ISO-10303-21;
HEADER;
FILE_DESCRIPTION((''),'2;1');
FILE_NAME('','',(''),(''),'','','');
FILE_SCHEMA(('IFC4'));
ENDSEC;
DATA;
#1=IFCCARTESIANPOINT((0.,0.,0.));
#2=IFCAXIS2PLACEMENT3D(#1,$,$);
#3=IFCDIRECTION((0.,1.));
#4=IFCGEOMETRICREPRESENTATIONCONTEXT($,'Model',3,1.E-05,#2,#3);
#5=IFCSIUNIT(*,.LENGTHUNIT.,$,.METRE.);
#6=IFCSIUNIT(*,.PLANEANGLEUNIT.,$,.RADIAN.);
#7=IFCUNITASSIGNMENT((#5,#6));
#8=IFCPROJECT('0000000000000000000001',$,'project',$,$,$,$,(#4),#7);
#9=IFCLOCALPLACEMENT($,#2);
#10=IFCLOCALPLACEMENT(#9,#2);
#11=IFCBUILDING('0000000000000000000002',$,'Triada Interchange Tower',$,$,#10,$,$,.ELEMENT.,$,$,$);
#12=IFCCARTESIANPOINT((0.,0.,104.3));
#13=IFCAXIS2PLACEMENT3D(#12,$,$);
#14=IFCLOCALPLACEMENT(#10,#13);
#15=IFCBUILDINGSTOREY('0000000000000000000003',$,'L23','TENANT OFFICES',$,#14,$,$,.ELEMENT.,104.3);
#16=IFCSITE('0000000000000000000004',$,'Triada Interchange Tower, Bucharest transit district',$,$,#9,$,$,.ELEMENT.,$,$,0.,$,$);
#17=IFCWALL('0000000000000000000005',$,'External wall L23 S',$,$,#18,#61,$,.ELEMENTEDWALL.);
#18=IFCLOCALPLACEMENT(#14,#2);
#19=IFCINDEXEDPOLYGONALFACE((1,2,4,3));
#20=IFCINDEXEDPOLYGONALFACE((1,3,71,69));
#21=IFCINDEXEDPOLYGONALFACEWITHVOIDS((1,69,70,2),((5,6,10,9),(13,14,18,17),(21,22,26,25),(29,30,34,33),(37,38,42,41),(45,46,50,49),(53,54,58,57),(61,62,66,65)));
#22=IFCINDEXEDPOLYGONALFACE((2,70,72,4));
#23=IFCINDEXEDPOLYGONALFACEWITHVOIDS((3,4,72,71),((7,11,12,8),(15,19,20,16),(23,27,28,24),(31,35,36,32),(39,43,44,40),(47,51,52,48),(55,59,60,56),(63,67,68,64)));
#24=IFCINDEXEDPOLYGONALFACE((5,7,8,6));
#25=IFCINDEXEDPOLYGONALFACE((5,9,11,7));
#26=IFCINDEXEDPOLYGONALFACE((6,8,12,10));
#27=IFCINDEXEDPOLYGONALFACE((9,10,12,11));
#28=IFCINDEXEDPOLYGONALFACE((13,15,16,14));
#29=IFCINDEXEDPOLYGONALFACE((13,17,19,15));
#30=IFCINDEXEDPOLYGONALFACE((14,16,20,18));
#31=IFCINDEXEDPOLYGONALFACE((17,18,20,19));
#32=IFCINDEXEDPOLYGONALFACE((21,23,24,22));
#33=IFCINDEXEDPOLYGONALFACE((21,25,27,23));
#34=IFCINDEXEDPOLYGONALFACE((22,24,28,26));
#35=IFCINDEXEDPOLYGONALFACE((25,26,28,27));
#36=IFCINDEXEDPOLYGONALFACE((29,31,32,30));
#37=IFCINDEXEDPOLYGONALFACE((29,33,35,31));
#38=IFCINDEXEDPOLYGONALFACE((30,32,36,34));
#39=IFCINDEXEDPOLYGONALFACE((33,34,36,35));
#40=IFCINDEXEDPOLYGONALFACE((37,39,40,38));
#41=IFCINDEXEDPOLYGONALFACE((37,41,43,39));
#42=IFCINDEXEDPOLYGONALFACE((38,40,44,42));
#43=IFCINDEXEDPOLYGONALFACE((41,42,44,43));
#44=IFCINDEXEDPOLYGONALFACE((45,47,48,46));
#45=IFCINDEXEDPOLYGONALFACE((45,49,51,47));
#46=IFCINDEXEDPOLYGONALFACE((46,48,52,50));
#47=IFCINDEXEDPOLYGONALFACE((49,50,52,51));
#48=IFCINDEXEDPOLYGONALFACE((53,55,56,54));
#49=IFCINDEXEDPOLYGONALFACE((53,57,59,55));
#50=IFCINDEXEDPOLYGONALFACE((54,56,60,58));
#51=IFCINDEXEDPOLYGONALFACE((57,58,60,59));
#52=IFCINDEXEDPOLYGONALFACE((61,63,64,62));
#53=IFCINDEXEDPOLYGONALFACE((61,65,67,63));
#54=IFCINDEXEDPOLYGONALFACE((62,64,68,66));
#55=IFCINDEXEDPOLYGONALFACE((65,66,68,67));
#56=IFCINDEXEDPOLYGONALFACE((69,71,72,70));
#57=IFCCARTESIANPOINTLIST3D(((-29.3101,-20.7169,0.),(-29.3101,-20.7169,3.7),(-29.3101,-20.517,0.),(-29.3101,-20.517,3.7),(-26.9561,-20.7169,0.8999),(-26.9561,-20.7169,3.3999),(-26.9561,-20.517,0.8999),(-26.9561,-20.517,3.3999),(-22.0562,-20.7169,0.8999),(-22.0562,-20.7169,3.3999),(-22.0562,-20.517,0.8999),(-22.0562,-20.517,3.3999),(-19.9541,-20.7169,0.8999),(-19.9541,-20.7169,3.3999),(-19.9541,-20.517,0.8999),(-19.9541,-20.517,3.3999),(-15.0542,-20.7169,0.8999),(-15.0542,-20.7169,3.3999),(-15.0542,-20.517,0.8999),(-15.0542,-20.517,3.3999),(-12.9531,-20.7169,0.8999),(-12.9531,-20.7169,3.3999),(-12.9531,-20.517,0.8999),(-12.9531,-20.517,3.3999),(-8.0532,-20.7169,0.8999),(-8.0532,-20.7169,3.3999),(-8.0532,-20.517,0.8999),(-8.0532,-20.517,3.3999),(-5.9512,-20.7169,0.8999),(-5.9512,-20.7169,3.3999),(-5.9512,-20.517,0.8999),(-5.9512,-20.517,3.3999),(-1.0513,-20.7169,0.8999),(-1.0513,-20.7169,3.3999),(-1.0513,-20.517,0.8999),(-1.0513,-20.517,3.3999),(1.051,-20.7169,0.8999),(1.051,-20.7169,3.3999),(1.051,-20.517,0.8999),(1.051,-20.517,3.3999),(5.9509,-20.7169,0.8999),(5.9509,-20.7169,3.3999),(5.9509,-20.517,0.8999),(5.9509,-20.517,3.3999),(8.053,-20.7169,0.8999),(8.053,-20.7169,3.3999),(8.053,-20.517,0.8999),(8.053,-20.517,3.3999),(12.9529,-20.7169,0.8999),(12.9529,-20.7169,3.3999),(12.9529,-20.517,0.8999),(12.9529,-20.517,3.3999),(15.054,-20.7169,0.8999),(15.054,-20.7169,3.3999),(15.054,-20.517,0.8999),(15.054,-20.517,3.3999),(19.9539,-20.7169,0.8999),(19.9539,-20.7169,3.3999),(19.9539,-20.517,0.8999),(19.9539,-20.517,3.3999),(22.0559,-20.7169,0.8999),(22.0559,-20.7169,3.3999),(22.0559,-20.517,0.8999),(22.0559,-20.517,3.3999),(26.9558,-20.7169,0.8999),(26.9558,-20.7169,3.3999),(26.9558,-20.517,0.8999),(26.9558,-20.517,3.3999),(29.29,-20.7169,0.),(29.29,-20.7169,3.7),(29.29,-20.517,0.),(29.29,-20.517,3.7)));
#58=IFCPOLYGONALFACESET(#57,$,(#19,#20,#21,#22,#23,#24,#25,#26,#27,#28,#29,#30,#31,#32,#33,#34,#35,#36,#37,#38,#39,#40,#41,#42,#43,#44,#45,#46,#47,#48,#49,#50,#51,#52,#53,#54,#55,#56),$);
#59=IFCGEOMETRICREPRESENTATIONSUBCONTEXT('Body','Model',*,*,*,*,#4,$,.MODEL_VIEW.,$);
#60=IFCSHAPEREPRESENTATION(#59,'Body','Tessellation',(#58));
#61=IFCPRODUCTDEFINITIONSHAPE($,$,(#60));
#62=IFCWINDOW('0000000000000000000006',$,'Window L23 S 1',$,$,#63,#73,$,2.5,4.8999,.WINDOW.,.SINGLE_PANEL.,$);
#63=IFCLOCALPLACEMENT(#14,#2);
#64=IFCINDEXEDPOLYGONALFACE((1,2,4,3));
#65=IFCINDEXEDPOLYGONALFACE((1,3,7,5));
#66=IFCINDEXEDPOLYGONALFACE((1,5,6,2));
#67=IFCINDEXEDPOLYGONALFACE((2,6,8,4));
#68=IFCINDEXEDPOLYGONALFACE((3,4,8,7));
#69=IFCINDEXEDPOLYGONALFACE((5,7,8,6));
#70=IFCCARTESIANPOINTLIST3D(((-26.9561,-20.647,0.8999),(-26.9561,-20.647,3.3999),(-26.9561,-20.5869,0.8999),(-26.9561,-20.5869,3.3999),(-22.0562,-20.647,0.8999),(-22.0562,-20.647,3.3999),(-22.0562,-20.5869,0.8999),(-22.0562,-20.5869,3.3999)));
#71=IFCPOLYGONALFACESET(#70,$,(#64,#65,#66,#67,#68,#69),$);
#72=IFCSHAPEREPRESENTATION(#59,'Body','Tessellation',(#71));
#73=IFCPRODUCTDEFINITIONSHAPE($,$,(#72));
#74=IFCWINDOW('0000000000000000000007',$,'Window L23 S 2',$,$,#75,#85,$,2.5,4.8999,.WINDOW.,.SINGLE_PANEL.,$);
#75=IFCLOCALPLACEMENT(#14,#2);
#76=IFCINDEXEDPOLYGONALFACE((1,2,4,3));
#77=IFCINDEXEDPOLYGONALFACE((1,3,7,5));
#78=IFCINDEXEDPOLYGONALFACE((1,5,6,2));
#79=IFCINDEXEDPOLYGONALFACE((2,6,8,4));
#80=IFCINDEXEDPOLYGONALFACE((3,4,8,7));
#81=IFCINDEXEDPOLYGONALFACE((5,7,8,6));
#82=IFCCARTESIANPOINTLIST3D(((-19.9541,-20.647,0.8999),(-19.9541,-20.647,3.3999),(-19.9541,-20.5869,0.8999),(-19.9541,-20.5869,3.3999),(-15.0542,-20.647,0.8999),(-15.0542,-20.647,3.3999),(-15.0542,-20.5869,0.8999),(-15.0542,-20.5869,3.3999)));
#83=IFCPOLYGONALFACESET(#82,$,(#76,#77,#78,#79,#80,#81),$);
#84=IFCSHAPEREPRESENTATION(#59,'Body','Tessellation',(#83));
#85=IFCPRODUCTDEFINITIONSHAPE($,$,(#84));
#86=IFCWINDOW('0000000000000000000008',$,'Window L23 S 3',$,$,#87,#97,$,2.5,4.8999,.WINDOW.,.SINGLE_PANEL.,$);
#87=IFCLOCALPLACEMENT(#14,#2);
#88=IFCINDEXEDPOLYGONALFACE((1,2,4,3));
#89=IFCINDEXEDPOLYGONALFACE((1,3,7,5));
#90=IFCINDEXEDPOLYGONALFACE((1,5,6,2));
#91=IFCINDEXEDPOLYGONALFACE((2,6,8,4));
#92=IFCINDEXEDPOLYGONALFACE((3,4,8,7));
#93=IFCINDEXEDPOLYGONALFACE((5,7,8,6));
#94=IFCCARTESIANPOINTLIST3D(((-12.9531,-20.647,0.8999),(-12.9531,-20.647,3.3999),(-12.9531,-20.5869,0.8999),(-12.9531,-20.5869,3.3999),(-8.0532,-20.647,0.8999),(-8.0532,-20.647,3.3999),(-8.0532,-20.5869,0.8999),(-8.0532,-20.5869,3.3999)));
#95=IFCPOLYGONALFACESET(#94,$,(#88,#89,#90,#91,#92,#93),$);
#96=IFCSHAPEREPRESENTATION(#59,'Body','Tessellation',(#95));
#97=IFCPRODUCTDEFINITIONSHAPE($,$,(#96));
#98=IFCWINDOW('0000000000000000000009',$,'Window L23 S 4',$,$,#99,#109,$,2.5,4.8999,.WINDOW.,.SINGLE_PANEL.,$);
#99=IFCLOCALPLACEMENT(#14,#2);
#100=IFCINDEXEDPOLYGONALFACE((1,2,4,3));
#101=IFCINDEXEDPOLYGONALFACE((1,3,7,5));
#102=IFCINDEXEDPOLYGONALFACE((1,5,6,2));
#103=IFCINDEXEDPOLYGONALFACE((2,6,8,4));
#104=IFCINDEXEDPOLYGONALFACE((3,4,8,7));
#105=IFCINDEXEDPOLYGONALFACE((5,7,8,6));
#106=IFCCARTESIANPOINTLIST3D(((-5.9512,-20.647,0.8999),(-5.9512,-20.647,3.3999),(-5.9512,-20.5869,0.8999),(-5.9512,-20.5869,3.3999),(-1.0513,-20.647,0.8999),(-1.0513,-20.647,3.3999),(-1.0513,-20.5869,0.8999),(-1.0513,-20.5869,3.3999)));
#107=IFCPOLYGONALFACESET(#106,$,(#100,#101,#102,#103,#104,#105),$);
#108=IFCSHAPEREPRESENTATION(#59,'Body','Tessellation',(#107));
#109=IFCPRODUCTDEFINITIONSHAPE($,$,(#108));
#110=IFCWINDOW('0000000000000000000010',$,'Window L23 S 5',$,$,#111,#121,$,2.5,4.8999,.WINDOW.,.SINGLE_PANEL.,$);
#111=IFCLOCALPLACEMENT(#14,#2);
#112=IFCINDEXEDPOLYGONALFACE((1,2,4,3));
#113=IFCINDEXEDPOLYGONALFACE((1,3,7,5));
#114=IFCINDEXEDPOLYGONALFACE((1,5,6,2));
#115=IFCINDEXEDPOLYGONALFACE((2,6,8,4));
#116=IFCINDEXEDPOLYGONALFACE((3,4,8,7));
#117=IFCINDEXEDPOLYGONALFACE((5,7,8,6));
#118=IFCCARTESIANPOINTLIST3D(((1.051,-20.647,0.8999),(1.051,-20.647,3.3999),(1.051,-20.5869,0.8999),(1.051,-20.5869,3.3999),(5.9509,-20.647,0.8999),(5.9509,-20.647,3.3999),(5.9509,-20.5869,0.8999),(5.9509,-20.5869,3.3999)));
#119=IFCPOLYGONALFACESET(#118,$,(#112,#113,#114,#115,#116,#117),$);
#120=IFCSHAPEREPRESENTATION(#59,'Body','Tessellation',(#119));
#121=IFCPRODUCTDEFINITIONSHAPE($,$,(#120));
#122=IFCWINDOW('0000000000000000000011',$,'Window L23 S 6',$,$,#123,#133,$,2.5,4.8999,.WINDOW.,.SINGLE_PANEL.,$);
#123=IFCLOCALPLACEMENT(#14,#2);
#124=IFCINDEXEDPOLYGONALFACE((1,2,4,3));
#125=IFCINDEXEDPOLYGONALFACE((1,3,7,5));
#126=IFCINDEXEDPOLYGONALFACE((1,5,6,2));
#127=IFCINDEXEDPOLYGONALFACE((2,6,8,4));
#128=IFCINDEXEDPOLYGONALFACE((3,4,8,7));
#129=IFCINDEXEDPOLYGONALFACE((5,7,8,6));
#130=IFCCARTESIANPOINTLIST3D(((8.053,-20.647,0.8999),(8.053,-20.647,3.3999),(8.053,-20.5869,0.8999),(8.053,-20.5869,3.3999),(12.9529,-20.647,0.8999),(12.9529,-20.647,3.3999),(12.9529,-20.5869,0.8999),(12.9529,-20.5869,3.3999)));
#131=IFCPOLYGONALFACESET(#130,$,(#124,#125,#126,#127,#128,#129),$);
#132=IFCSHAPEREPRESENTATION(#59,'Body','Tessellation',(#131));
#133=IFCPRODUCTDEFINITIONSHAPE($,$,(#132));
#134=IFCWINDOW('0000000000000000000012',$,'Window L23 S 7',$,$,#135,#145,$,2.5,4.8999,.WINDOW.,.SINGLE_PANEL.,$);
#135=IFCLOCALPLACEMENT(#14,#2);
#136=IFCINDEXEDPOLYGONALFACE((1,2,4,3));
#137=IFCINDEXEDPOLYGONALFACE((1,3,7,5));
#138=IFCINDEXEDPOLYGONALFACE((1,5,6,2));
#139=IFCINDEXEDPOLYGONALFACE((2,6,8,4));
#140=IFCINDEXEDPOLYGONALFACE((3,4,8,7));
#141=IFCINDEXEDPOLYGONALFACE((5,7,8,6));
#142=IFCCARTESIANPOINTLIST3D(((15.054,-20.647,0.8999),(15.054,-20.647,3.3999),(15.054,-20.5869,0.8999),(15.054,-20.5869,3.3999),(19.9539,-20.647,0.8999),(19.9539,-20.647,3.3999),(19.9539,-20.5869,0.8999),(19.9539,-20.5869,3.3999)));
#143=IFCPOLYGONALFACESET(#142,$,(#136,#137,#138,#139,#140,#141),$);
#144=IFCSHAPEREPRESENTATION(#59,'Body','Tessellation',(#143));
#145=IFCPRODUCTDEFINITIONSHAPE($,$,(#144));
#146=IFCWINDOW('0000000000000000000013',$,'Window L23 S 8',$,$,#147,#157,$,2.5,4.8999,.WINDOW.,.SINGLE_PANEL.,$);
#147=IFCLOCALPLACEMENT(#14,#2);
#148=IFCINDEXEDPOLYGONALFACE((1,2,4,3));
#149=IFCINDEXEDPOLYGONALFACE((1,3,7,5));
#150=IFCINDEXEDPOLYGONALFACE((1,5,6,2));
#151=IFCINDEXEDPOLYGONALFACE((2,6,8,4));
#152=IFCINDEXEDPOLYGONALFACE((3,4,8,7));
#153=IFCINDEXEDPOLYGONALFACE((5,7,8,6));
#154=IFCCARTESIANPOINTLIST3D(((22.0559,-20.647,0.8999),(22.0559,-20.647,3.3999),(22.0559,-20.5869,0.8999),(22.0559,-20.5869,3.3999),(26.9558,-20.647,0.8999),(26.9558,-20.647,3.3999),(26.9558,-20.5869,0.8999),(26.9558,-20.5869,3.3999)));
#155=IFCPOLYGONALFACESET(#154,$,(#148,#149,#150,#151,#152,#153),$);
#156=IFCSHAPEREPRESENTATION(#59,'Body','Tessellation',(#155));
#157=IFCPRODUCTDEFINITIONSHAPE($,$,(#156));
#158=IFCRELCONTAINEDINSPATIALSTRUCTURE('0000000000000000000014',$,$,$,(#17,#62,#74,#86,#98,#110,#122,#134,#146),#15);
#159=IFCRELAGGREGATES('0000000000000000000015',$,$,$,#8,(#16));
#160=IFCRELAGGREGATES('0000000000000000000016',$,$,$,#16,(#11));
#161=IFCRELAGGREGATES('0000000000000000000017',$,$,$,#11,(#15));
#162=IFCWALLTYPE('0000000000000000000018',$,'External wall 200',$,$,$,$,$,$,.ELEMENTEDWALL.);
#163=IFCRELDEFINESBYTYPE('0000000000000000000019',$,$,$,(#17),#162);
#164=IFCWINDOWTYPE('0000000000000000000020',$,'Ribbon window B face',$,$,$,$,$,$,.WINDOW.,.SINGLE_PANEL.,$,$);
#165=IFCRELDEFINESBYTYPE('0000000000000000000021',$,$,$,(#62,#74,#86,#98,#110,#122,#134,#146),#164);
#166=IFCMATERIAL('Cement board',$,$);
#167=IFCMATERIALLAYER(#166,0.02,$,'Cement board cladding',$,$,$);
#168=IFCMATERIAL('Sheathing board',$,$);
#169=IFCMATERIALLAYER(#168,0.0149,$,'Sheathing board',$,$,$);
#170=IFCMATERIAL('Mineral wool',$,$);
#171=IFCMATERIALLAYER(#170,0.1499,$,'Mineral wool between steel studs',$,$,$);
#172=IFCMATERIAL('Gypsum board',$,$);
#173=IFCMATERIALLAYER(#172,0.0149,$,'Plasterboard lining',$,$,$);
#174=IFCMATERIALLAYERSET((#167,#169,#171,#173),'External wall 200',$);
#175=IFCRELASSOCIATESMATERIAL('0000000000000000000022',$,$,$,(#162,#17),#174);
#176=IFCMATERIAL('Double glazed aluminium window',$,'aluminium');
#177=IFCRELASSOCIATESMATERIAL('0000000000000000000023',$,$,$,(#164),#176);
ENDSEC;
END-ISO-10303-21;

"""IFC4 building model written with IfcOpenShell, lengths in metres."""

from ifc_helpers import new_model, si_unit, direction, frame, frame_2d, origin, place, context, subcontext, project, spatial, rectangle, extrude, material, layer, layer_set, layer_usage, type_object, element, fill, save


model = new_model("IFC4")

# Units and contexts
model_context = context("Model", 3, precision=1e-05, world=origin(), true_north=direction((0.0, 1.0)))
body_context = subcontext(model_context, "Body", "Model", "MODEL_VIEW")
ifc_project = project(units=[si_unit("LENGTHUNIT", "METRE"), si_unit("PLANEANGLEUNIT", "RADIAN")], contexts=[model_context])

# Site, building, storey
site_placement = place(None, origin())
site = spatial("IfcSite", under=ifc_project, at=site_placement, Name="Triada Interchange Tower, Bucharest transit district", CompositionType="ELEMENT", RefElevation=0.0)
building_placement = place(site_placement, origin())
building = spatial("IfcBuilding", under=site, at=building_placement, Name="Triada Interchange Tower", CompositionType="ELEMENT")
storey_placement = place(building_placement, frame((0.0, 0.0, 104.3)))
storey = spatial("IfcBuildingStorey", under=building, at=storey_placement, Name="L23", Description="TENANT OFFICES", CompositionType="ELEMENT", Elevation=104.3)

# Wall, openings, windows
ifc_material_1 = material(Name="Cement board")
ifc_layer_1 = layer(ifc_material_1, 0.02, Name="Cement board cladding")
ifc_material_2 = material(Name="Sheathing board")
ifc_layer_2 = layer(ifc_material_2, 0.0149, Name="Sheathing board")
ifc_material_3 = material(Name="Mineral wool")
ifc_layer_3 = layer(ifc_material_3, 0.1499, Name="Mineral wool between steel studs")
ifc_material_4 = material(Name="Gypsum board")
ifc_layer_4 = layer(ifc_material_4, 0.0149, Name="Plasterboard lining")
ifc_layer_set_1 = layer_set([ifc_layer_1, ifc_layer_2, ifc_layer_3, ifc_layer_4], Name="External wall 200")
ifc_layer_usage = layer_usage(ifc_layer_set_1, "AXIS2", "POSITIVE", -0.1001)
wall_type_1 = type_object("IfcWallType", Name="External wall 200", PredefinedType="ELEMENTEDWALL", material=ifc_layer_set_1)
wall_1_placement = place(storey_placement, frame((-29.3101, -20.6169, 0.0), z_axis=(0.0, 0.0, 1.0), x_axis=(1.0, 0.0, 0.0)))
wall_1 = element("IfcWall", 1, at=wall_1_placement, inside=storey, type_object=wall_type_1, material=ifc_layer_usage, Name="External wall L23 S", PredefinedType="ELEMENTEDWALL", context=body_context, shape_type="SweptSolid", body=[
    extrude(rectangle(XDim=58.6001, YDim=0.2, at=frame_2d((29.3, 0.0))), origin(), (0.0, 0.0, 1.0), 3.7),
])
opening_1_placement = place(wall_1_placement, frame((2.354, 0.0, 0.8999)))
opening_1 = element("IfcOpeningElement", 2, at=opening_1_placement, cuts=wall_1, PredefinedType="OPENING", context=body_context, shape_type="SweptSolid", body=[
    extrude(rectangle(XDim=4.8999, YDim=2.5, at=frame_2d((2.45, 1.25))), frame((0.0, 0.1099, 0.0), z_axis=(0.0, -1.0, 0.0), x_axis=(1.0, 0.0, 0.0)), (0.0, 0.0, 1.0), 0.22),
])
opening_2_placement = place(wall_1_placement, frame((9.356, 0.0, 0.8999)))
opening_2 = element("IfcOpeningElement", 3, at=opening_2_placement, cuts=wall_1, PredefinedType="OPENING", context=body_context, shape_type="SweptSolid", body=[
    extrude(rectangle(XDim=4.8999, YDim=2.5, at=frame_2d((2.45, 1.25))), frame((0.0, 0.1099, 0.0), z_axis=(0.0, -1.0, 0.0), x_axis=(1.0, 0.0, 0.0)), (0.0, 0.0, 1.0), 0.22),
])
opening_3_placement = place(wall_1_placement, frame((16.3569, 0.0, 0.8999)))
opening_3 = element("IfcOpeningElement", 4, at=opening_3_placement, cuts=wall_1, PredefinedType="OPENING", context=body_context, shape_type="SweptSolid", body=[
    extrude(rectangle(XDim=4.8999, YDim=2.5, at=frame_2d((2.45, 1.25))), frame((0.0, 0.1099, 0.0), z_axis=(0.0, -1.0, 0.0), x_axis=(1.0, 0.0, 0.0)), (0.0, 0.0, 1.0), 0.22),
])
opening_4_placement = place(wall_1_placement, frame((23.3589, 0.0, 0.8999)))
opening_4 = element("IfcOpeningElement", 5, at=opening_4_placement, cuts=wall_1, PredefinedType="OPENING", context=body_context, shape_type="SweptSolid", body=[
    extrude(rectangle(XDim=4.8999, YDim=2.5, at=frame_2d((2.45, 1.25))), frame((0.0, 0.1099, 0.0), z_axis=(0.0, -1.0, 0.0), x_axis=(1.0, 0.0, 0.0)), (0.0, 0.0, 1.0), 0.22),
])
opening_5_placement = place(wall_1_placement, frame((30.3611, 0.0, 0.8999)))
opening_5 = element("IfcOpeningElement", 6, at=opening_5_placement, cuts=wall_1, PredefinedType="OPENING", context=body_context, shape_type="SweptSolid", body=[
    extrude(rectangle(XDim=4.8999, YDim=2.5, at=frame_2d((2.45, 1.25))), frame((0.0, 0.1099, 0.0), z_axis=(0.0, -1.0, 0.0), x_axis=(1.0, 0.0, 0.0)), (0.0, 0.0, 1.0), 0.22),
])
opening_6_placement = place(wall_1_placement, frame((37.363, 0.0, 0.8999)))
opening_6 = element("IfcOpeningElement", 7, at=opening_6_placement, cuts=wall_1, PredefinedType="OPENING", context=body_context, shape_type="SweptSolid", body=[
    extrude(rectangle(XDim=4.8999, YDim=2.5, at=frame_2d((2.45, 1.25))), frame((0.0, 0.1099, 0.0), z_axis=(0.0, -1.0, 0.0), x_axis=(1.0, 0.0, 0.0)), (0.0, 0.0, 1.0), 0.22),
])
opening_7_placement = place(wall_1_placement, frame((44.364, 0.0, 0.8999)))
opening_7 = element("IfcOpeningElement", 8, at=opening_7_placement, cuts=wall_1, PredefinedType="OPENING", context=body_context, shape_type="SweptSolid", body=[
    extrude(rectangle(XDim=4.8999, YDim=2.5, at=frame_2d((2.45, 1.25))), frame((0.0, 0.1099, 0.0), z_axis=(0.0, -1.0, 0.0), x_axis=(1.0, 0.0, 0.0)), (0.0, 0.0, 1.0), 0.22),
])
opening_8_placement = place(wall_1_placement, frame((51.366, 0.0, 0.8999)))
opening_8 = element("IfcOpeningElement", 9, at=opening_8_placement, cuts=wall_1, PredefinedType="OPENING", context=body_context, shape_type="SweptSolid", body=[
    extrude(rectangle(XDim=4.8999, YDim=2.5, at=frame_2d((2.45, 1.25))), frame((0.0, 0.1099, 0.0), z_axis=(0.0, -1.0, 0.0), x_axis=(1.0, 0.0, 0.0)), (0.0, 0.0, 1.0), 0.22),
])
ifc_material_5 = material(Name="Double glazed aluminium window", Category="aluminium")
window_type = type_object("IfcWindowType", Name="Ribbon window B face", PartitioningType="SINGLE_PANEL", PredefinedType="WINDOW", material=ifc_material_5)
window_1_placement = place(opening_1_placement, origin())
window_1 = element("IfcWindow", 10, at=window_1_placement, inside=storey, type_object=window_type, Name="Window L23 S 1", OverallHeight=2.5, OverallWidth=4.8999, PartitioningType="SINGLE_PANEL", PredefinedType="WINDOW", context=body_context, shape_type="SweptSolid", body=[
    extrude(rectangle(XDim=4.8999, YDim=2.5, at=frame_2d((2.45, 1.25))), frame((0.0, 0.03, 0.0), z_axis=(0.0, -1.0, 0.0), x_axis=(1.0, 0.0, 0.0)), (0.0, 0.0, 1.0), 0.0601),
])
fill(opening_1, window_1)
window_2_placement = place(opening_2_placement, origin())
window_2 = element("IfcWindow", 11, at=window_2_placement, inside=storey, type_object=window_type, Name="Window L23 S 2", OverallHeight=2.5, OverallWidth=4.8999, PartitioningType="SINGLE_PANEL", PredefinedType="WINDOW", context=body_context, shape_type="SweptSolid", body=[
    extrude(rectangle(XDim=4.8999, YDim=2.5, at=frame_2d((2.45, 1.25))), frame((0.0, 0.03, 0.0), z_axis=(0.0, -1.0, 0.0), x_axis=(1.0, 0.0, 0.0)), (0.0, 0.0, 1.0), 0.0601),
])
fill(opening_2, window_2)
window_3_placement = place(opening_3_placement, origin())
window_3 = element("IfcWindow", 12, at=window_3_placement, inside=storey, type_object=window_type, Name="Window L23 S 3", OverallHeight=2.5, OverallWidth=4.8999, PartitioningType="SINGLE_PANEL", PredefinedType="WINDOW", context=body_context, shape_type="SweptSolid", body=[
    extrude(rectangle(XDim=4.8999, YDim=2.5, at=frame_2d((2.45, 1.25))), frame((0.0, 0.03, 0.0), z_axis=(0.0, -1.0, 0.0), x_axis=(1.0, 0.0, 0.0)), (0.0, 0.0, 1.0), 0.0601),
])
fill(opening_3, window_3)
window_4_placement = place(opening_4_placement, origin())
window_4 = element("IfcWindow", 13, at=window_4_placement, inside=storey, type_object=window_type, Name="Window L23 S 4", OverallHeight=2.5, OverallWidth=4.8999, PartitioningType="SINGLE_PANEL", PredefinedType="WINDOW", context=body_context, shape_type="SweptSolid", body=[
    extrude(rectangle(XDim=4.8999, YDim=2.5, at=frame_2d((2.45, 1.25))), frame((0.0, 0.03, 0.0), z_axis=(0.0, -1.0, 0.0), x_axis=(1.0, 0.0, 0.0)), (0.0, 0.0, 1.0), 0.0601),
])
fill(opening_4, window_4)
window_5_placement = place(opening_5_placement, origin())
window_5 = element("IfcWindow", 14, at=window_5_placement, inside=storey, type_object=window_type, Name="Window L23 S 5", OverallHeight=2.5, OverallWidth=4.8999, PartitioningType="SINGLE_PANEL", PredefinedType="WINDOW", context=body_context, shape_type="SweptSolid", body=[
    extrude(rectangle(XDim=4.8999, YDim=2.5, at=frame_2d((2.45, 1.25))), frame((0.0, 0.03, 0.0), z_axis=(0.0, -1.0, 0.0), x_axis=(1.0, 0.0, 0.0)), (0.0, 0.0, 1.0), 0.0601),
])
fill(opening_5, window_5)
window_6_placement = place(opening_6_placement, origin())
window_6 = element("IfcWindow", 15, at=window_6_placement, inside=storey, type_object=window_type, Name="Window L23 S 6", OverallHeight=2.5, OverallWidth=4.8999, PartitioningType="SINGLE_PANEL", PredefinedType="WINDOW", context=body_context, shape_type="SweptSolid", body=[
    extrude(rectangle(XDim=4.8999, YDim=2.5, at=frame_2d((2.45, 1.25))), frame((0.0, 0.03, 0.0), z_axis=(0.0, -1.0, 0.0), x_axis=(1.0, 0.0, 0.0)), (0.0, 0.0, 1.0), 0.0601),
])
fill(opening_6, window_6)
window_7_placement = place(opening_7_placement, origin())
window_7 = element("IfcWindow", 16, at=window_7_placement, inside=storey, type_object=window_type, Name="Window L23 S 7", OverallHeight=2.5, OverallWidth=4.8999, PartitioningType="SINGLE_PANEL", PredefinedType="WINDOW", context=body_context, shape_type="SweptSolid", body=[
    extrude(rectangle(XDim=4.8999, YDim=2.5, at=frame_2d((2.45, 1.25))), frame((0.0, 0.03, 0.0), z_axis=(0.0, -1.0, 0.0), x_axis=(1.0, 0.0, 0.0)), (0.0, 0.0, 1.0), 0.0601),
])
fill(opening_7, window_7)
window_8_placement = place(opening_8_placement, origin())
window_8 = element("IfcWindow", 17, at=window_8_placement, inside=storey, type_object=window_type, Name="Window L23 S 8", OverallHeight=2.5, OverallWidth=4.8999, PartitioningType="SINGLE_PANEL", PredefinedType="WINDOW", context=body_context, shape_type="SweptSolid", body=[
    extrude(rectangle(XDim=4.8999, YDim=2.5, at=frame_2d((2.45, 1.25))), frame((0.0, 0.03, 0.0), z_axis=(0.0, -1.0, 0.0), x_axis=(1.0, 0.0, 0.0)), (0.0, 0.0, 1.0), 0.0601),
])
fill(opening_8, window_8)

save(model, "model.ifc")
